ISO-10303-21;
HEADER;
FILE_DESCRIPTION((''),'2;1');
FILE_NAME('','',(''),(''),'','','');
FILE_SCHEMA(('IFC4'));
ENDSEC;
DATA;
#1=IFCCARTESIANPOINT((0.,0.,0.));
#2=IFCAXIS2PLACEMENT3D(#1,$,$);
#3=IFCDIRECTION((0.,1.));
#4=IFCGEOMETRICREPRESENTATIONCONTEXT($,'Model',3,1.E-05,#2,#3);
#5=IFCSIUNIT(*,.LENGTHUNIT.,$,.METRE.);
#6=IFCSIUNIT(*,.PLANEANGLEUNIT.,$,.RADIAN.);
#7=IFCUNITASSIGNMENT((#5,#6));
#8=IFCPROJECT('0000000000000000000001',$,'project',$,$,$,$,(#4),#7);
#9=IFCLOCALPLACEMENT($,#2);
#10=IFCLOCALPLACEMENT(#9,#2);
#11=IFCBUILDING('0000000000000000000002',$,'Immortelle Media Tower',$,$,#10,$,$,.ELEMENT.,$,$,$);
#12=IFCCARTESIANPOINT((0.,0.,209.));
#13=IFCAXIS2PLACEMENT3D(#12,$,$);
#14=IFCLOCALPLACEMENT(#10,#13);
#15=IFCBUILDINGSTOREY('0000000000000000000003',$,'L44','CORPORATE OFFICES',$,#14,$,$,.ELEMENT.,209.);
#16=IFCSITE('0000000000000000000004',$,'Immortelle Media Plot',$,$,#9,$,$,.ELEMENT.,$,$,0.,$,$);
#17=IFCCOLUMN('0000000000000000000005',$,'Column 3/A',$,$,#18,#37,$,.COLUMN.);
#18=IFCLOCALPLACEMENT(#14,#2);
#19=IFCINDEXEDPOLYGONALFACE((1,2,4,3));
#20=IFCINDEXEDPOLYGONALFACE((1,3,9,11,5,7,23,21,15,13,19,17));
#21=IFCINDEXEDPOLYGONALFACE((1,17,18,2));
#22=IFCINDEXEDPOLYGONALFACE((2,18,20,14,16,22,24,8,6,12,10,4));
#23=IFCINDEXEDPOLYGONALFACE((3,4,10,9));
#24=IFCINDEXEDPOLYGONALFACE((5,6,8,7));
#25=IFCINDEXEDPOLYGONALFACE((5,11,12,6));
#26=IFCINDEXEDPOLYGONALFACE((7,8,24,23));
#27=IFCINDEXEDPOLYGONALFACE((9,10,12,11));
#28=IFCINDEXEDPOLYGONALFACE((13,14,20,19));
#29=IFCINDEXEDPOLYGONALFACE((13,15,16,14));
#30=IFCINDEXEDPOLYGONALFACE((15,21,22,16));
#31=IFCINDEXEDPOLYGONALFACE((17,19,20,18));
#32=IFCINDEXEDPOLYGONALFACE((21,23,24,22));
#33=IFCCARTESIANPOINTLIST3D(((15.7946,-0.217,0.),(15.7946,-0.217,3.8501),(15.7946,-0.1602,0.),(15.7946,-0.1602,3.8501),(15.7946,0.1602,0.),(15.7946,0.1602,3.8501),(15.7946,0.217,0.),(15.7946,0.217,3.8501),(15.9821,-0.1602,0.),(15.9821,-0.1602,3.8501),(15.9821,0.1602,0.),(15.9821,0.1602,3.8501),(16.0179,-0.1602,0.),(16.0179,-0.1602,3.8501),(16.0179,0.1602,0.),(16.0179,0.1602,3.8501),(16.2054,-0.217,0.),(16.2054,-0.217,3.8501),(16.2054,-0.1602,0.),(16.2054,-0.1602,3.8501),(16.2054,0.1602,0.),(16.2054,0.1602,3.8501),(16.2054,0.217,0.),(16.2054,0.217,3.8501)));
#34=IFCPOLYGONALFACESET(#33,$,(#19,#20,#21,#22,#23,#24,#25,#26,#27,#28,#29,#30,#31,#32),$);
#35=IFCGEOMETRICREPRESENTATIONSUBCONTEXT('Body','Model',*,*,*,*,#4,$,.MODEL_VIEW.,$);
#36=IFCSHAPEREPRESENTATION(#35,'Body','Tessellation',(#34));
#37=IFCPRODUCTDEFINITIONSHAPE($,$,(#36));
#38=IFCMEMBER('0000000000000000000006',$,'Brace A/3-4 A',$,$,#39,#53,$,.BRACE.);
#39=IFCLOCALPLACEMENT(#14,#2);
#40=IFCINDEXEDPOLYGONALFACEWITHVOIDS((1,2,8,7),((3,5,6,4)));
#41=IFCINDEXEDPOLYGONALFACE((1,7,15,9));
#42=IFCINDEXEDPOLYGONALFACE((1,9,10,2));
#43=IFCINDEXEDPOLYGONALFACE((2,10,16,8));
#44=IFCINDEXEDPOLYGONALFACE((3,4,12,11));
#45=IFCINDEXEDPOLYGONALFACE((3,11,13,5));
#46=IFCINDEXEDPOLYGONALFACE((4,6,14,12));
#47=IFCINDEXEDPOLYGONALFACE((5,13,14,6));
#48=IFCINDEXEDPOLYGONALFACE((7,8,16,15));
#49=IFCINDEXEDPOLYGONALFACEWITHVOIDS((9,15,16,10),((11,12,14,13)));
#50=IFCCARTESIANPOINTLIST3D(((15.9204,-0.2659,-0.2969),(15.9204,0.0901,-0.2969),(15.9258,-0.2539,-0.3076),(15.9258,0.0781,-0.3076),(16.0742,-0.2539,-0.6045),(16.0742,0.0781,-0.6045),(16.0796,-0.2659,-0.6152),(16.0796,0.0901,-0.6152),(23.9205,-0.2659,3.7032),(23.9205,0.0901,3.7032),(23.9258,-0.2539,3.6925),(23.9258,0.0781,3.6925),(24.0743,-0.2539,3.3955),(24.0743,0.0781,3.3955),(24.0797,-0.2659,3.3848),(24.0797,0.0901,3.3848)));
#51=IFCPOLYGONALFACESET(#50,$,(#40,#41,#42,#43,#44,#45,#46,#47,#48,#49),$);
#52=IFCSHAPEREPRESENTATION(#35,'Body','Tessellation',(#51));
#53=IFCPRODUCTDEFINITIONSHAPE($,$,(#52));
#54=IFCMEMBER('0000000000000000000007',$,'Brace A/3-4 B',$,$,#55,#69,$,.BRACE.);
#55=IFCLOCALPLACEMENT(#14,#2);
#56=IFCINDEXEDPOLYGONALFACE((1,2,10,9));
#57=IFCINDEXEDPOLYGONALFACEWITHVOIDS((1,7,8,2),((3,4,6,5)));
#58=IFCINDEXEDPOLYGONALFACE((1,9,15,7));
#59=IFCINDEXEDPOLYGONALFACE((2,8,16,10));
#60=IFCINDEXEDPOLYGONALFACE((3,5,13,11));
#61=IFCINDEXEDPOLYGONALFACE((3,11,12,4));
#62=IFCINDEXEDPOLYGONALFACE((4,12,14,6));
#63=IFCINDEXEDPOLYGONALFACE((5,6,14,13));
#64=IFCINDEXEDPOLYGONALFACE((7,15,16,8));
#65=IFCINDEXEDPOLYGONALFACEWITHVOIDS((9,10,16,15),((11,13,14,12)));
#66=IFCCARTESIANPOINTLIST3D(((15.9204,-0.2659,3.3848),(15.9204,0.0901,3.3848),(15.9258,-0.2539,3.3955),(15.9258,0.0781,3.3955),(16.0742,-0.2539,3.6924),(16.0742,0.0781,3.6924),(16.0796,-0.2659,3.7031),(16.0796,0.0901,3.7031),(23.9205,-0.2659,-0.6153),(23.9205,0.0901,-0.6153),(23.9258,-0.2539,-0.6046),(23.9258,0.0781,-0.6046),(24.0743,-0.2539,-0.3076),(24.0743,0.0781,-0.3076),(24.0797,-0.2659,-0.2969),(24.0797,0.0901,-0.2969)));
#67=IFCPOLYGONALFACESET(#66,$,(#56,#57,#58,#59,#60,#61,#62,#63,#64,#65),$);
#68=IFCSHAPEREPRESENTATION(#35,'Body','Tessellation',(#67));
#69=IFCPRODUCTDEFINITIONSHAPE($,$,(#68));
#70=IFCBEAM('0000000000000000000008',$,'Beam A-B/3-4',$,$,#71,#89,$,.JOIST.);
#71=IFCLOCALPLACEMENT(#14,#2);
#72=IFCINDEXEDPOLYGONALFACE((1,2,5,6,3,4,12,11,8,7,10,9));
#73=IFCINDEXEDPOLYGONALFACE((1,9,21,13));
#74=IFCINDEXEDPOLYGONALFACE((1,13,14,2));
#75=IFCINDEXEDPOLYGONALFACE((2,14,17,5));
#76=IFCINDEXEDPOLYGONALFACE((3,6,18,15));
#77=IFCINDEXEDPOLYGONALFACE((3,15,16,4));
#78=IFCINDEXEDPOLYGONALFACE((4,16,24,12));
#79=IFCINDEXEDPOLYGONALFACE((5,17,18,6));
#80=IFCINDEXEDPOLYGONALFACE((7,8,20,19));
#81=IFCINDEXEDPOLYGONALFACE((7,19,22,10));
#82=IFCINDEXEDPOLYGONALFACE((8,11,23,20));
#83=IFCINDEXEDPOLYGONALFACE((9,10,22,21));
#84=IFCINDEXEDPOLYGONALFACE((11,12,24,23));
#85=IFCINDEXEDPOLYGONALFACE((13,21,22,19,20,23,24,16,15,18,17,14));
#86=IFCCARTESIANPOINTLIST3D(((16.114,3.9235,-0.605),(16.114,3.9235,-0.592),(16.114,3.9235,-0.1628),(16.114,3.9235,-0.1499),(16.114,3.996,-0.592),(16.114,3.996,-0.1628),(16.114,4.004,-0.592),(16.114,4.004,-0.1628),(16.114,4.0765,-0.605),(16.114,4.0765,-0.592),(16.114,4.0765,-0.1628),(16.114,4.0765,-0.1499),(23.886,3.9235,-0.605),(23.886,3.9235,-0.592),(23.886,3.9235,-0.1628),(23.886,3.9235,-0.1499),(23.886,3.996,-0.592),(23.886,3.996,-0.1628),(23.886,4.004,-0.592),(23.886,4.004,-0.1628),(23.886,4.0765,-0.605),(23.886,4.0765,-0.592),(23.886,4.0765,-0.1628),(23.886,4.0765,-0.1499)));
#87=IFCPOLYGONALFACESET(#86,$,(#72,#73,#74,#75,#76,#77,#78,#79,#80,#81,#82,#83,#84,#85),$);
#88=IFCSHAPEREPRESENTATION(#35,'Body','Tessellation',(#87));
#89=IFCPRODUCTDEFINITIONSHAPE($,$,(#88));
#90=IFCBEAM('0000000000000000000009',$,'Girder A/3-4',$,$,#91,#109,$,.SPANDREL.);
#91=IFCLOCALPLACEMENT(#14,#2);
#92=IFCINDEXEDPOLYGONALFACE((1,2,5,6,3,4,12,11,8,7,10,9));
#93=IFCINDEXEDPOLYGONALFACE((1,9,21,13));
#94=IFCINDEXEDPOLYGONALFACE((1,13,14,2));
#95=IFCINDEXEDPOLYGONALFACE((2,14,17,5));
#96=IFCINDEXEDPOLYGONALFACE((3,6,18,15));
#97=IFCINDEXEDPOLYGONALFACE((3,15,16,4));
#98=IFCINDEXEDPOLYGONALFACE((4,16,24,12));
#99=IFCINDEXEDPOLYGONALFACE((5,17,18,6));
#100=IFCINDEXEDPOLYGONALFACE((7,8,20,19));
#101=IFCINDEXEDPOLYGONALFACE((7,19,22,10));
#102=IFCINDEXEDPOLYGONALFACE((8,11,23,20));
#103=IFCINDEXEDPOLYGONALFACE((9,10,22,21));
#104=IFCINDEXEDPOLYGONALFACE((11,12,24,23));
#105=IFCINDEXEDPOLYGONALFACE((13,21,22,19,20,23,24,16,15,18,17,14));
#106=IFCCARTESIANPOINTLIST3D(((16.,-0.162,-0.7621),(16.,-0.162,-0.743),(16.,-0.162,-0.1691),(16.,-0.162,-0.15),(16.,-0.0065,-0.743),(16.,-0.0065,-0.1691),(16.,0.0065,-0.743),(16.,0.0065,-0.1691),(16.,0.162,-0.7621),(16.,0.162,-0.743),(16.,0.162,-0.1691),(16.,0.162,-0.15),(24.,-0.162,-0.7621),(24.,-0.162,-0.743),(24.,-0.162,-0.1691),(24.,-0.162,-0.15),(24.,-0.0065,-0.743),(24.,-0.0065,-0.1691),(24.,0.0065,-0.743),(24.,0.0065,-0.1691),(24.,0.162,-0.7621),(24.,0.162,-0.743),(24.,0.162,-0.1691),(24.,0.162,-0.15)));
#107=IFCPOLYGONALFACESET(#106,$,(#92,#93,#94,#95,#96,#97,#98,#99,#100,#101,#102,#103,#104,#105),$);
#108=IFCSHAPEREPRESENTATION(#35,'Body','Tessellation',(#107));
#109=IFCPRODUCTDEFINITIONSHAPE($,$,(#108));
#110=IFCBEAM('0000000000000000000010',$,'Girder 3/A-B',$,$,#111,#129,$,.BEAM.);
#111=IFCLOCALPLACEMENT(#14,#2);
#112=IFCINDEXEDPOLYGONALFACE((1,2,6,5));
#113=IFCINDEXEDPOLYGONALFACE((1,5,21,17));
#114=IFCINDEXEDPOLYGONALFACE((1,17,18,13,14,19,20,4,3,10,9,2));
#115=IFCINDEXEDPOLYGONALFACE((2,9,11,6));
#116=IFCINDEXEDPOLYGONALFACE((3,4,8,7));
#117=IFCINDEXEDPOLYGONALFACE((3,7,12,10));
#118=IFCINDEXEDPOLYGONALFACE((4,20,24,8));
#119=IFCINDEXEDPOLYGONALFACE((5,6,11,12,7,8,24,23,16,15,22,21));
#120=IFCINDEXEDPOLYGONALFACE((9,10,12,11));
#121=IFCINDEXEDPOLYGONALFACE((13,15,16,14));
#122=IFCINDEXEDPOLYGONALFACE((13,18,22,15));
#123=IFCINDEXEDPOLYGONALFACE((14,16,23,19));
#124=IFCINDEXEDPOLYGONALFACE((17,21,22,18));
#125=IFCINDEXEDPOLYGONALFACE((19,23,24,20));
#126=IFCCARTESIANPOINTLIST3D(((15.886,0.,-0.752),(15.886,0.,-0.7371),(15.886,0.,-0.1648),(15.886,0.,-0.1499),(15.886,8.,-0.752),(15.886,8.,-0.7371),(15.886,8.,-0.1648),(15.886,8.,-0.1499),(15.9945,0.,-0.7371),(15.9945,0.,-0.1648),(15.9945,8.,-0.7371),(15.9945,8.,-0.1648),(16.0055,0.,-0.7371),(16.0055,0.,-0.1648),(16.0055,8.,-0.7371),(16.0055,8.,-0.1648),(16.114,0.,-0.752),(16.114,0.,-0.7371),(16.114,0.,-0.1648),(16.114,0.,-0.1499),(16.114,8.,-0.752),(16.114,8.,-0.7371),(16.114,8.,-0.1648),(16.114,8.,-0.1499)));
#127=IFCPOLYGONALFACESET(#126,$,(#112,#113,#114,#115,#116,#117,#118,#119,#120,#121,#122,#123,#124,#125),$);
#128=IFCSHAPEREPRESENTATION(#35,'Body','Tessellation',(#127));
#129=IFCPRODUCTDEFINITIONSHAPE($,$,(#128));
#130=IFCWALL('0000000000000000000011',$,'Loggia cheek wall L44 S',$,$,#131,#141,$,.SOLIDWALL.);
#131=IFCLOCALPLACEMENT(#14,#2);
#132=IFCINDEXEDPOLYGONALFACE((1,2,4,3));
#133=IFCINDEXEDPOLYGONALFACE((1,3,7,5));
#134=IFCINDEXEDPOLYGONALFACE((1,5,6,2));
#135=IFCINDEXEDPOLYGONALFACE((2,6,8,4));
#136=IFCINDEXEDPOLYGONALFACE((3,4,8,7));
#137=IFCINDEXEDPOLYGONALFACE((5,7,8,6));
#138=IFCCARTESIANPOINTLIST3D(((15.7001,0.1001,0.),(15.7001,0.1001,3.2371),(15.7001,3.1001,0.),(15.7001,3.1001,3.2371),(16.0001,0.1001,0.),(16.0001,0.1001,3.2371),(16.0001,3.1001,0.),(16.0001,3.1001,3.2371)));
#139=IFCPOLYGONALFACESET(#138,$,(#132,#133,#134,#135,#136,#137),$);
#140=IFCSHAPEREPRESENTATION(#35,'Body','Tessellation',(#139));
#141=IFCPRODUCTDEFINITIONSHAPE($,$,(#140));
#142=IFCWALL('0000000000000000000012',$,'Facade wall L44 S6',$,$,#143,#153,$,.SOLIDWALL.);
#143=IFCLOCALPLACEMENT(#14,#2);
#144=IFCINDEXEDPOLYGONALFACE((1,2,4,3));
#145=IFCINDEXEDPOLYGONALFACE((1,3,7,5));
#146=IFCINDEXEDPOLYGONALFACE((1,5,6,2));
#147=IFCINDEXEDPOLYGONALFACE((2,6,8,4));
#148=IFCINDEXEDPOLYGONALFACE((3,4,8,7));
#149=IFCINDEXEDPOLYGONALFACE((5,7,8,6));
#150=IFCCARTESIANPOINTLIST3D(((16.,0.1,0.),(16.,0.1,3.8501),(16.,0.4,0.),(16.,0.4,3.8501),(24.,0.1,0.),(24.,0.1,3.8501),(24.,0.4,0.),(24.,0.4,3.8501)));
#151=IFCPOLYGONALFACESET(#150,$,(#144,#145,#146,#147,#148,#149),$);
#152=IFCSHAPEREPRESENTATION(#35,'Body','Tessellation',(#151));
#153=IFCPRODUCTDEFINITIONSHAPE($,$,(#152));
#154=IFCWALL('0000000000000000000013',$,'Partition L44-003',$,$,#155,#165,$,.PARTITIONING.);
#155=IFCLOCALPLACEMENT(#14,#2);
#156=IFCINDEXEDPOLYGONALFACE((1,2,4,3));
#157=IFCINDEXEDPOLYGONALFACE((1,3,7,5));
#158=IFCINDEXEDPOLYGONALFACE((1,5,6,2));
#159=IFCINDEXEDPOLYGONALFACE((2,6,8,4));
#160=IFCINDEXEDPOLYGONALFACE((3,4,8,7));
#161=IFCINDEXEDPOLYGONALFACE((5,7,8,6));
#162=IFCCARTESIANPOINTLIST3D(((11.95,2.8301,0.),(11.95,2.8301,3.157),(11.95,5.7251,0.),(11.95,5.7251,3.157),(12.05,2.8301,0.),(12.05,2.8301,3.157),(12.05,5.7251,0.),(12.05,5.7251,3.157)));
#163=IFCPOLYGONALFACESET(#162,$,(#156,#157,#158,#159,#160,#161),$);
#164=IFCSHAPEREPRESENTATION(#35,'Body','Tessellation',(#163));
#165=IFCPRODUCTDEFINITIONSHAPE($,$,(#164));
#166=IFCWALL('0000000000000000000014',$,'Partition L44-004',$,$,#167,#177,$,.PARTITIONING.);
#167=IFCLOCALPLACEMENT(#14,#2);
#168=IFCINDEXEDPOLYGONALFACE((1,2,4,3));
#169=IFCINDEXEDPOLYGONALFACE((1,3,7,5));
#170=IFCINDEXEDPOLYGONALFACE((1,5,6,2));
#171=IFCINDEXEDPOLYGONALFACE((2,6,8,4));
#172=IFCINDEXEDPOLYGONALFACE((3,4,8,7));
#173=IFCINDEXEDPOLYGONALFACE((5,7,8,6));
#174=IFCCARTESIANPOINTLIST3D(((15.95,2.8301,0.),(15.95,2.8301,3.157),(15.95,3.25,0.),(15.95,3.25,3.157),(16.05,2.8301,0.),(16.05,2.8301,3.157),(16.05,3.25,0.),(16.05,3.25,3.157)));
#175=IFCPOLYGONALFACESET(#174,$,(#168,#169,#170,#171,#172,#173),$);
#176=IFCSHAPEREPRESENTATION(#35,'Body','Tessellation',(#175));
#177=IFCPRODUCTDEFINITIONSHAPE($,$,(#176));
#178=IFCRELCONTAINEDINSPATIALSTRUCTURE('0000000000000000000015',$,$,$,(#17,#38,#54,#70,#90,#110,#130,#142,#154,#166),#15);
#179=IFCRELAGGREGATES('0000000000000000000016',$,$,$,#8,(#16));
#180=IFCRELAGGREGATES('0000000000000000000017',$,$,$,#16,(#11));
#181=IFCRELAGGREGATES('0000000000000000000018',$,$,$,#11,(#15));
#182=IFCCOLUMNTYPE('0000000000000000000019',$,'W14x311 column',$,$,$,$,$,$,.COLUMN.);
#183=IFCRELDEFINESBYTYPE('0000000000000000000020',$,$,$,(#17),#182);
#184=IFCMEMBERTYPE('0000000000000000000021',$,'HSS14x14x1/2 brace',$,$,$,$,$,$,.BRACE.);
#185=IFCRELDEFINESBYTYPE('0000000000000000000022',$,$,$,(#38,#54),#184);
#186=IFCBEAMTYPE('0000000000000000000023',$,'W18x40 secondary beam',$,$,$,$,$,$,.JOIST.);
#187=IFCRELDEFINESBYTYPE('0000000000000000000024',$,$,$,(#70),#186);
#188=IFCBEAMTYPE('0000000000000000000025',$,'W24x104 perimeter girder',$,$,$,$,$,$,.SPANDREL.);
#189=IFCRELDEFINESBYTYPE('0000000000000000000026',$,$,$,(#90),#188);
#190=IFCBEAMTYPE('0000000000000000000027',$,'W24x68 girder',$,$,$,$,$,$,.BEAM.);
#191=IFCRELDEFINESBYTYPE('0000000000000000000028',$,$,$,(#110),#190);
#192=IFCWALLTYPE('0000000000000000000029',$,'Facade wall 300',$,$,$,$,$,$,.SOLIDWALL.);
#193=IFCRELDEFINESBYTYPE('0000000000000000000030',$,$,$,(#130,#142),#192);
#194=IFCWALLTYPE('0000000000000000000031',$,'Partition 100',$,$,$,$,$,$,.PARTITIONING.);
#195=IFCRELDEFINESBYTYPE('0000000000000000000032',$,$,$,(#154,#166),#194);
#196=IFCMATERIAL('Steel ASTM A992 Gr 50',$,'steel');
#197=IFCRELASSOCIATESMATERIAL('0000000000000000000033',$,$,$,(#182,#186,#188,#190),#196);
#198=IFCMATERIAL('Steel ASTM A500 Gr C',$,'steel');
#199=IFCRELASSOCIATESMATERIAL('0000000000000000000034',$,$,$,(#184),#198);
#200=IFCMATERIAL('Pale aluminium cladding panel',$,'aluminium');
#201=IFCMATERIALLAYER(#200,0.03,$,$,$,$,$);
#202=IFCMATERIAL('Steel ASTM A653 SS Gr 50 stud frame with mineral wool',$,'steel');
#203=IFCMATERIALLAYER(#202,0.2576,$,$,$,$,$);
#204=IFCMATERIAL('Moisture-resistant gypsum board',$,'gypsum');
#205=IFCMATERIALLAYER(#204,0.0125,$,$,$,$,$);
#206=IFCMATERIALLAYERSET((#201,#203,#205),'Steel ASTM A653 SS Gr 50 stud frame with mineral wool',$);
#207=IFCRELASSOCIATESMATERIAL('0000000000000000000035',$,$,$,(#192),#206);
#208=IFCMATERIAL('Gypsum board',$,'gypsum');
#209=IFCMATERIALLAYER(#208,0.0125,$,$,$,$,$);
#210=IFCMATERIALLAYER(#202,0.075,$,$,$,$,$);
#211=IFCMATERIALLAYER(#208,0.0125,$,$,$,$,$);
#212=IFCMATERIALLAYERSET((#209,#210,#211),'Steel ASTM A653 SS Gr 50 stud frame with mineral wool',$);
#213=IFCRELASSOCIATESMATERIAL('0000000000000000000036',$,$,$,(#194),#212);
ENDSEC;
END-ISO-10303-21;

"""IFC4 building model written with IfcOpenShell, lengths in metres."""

from ifc_helpers import new_model, si_unit, direction, frame, frame_2d, origin, origin_2d, place, context, subcontext, project, spatial, rectangle, hollow_rectangle, i_section, extrude, material, layer, layer_set, material_profile, profile_set, type_object, element, save


model = new_model("IFC4")

# Units and contexts
model_context = context("Model", 3, precision=1e-05, world=origin(), true_north=direction((0.0, 1.0)))
body_context = subcontext(model_context, "Body", "Model", "MODEL_VIEW")
ifc_project = project(units=[si_unit("LENGTHUNIT", "METRE"), si_unit("PLANEANGLEUNIT", "RADIAN")], contexts=[model_context])

# Site, building, storey
site_placement = place(None, origin())
site = spatial("IfcSite", under=ifc_project, at=site_placement, Name="Immortelle Media Plot", CompositionType="ELEMENT", RefElevation=0.0)
building_placement = place(site_placement, origin())
building = spatial("IfcBuilding", under=site, at=building_placement, Name="Immortelle Media Tower", CompositionType="ELEMENT")
storey_placement = place(building_placement, frame((0.0, 0.0, 209.0)))
storey = spatial("IfcBuildingStorey", under=building, at=storey_placement, Name="L44", Description="CORPORATE OFFICES", CompositionType="ELEMENT", Elevation=209.0)

# Column
ifc_material_1 = material(Name="Steel ASTM A992 Gr 50", Category="steel")
ifc_material_profile_1 = material_profile(ifc_material_1, i_section(OverallWidth=0.4109, OverallDepth=0.4341, WebThickness=0.0359, FlangeThickness=0.0569, at=origin_2d()), Name="W14x311")
ifc_profile_set_1 = profile_set([ifc_material_profile_1], Name="Steel ASTM A992 Gr 50")
column_type = type_object("IfcColumnType", Name="W14x311 column", PredefinedType="COLUMN", material=ifc_profile_set_1)
column_placement = place(storey_placement, frame((16.0, 0.0, 0.0), z_axis=(0.0, 0.0, 1.0), x_axis=(1.0, 0.0, 0.0)))
element("IfcColumn", 1, at=column_placement, inside=storey, type_object=column_type, Name="Column 3/A", PredefinedType="COLUMN", context=body_context, shape_type="SweptSolid", body=[
    extrude(i_section(OverallWidth=0.4109, OverallDepth=0.4341, WebThickness=0.0359, FlangeThickness=0.0569, at=origin_2d()), origin(), (0.0, 0.0, 1.0), 3.8501),
])

# Members
ifc_material_2 = material(Name="Steel ASTM A500 Gr C", Category="steel")
ifc_material_profile_2 = material_profile(ifc_material_2, hollow_rectangle(XDim=0.356, YDim=0.356, WallThickness=0.012, at=origin_2d()), Name="HSS14x14x1/2 brace")
ifc_profile_set_2 = profile_set([ifc_material_profile_2], Name="Steel ASTM A500 Gr C")
member_type = type_object("IfcMemberType", Name="HSS14x14x1/2 brace", PredefinedType="BRACE", material=ifc_profile_set_2)
for number, where, z_axis, x_axis, name in (
    (2, (16.0, -0.0879, -0.4561), (0.894427, 0.0, 0.447214), (0.0, 1.0, 0.0), "Brace A/3-4 A"),
    (3, (16.0, -0.0879, 3.5439), (0.894427, 0.0, -0.447214), (0.0, 1.0, 0.0), "Brace A/3-4 B"),
):
    element("IfcMember", number, at=place(storey_placement, frame(where, z_axis=z_axis, x_axis=x_axis)), inside=storey, type_object=member_type, Name=name, PredefinedType="BRACE", context=body_context, shape_type="SweptSolid", body=[
        extrude(hollow_rectangle(XDim=0.356, YDim=0.356, WallThickness=0.012, at=origin_2d()), origin(), (0.0, 0.0, 1.0), 8.9443),
    ])

# Beams
ifc_material_profile_3 = material_profile(ifc_material_1, i_section(OverallWidth=0.1531, OverallDepth=0.4551, WebThickness=0.0081, FlangeThickness=0.0129, at=origin_2d()), Name="W18x40")
ifc_profile_set_3 = profile_set([ifc_material_profile_3], Name="Steel ASTM A992 Gr 50")
beam_type_1 = type_object("IfcBeamType", Name="W18x40 secondary beam", PredefinedType="JOIST", material=ifc_profile_set_3)
beam_1_placement = place(storey_placement, frame((16.114, 4.0, -0.3774), z_axis=(1.0, 0.0, 0.0), x_axis=(0.0, 1.0, 0.0)))
element("IfcBeam", 4, at=beam_1_placement, inside=storey, type_object=beam_type_1, Name="Beam A-B/3-4", PredefinedType="JOIST", context=body_context, shape_type="SweptSolid", body=[
    extrude(i_section(OverallWidth=0.1531, OverallDepth=0.4551, WebThickness=0.0081, FlangeThickness=0.0129, at=origin_2d()), origin(), (0.0, 0.0, 1.0), 7.772),
])
ifc_material_profile_4 = material_profile(ifc_material_1, i_section(OverallWidth=0.324, OverallDepth=0.6121, WebThickness=0.0129, FlangeThickness=0.019, at=origin_2d()), Name="W24x104")
ifc_profile_set_4 = profile_set([ifc_material_profile_4], Name="Steel ASTM A992 Gr 50")
beam_type_2 = type_object("IfcBeamType", Name="W24x104 perimeter girder", PredefinedType="SPANDREL", material=ifc_profile_set_4)
beam_2_placement = place(storey_placement, frame((16.0, 0.0, -0.4561), z_axis=(1.0, 0.0, 0.0), x_axis=(0.0, 1.0, 0.0)))
element("IfcBeam", 5, at=beam_2_placement, inside=storey, type_object=beam_type_2, Name="Girder A/3-4", PredefinedType="SPANDREL", context=body_context, shape_type="SweptSolid", body=[
    extrude(i_section(OverallWidth=0.324, OverallDepth=0.6121, WebThickness=0.0129, FlangeThickness=0.019, at=origin_2d()), origin(), (0.0, 0.0, 1.0), 8.0),
])
ifc_material_profile_5 = material_profile(ifc_material_1, i_section(OverallWidth=0.228, OverallDepth=0.6021, WebThickness=0.011, FlangeThickness=0.0149, at=origin_2d()), Name="W24x68")
ifc_profile_set_5 = profile_set([ifc_material_profile_5], Name="Steel ASTM A992 Gr 50")
beam_type_3 = type_object("IfcBeamType", Name="W24x68 girder", PredefinedType="BEAM", material=ifc_profile_set_5)
beam_3_placement = place(storey_placement, frame((16.0, 0.0, -0.4509), z_axis=(0.0, 1.0, 0.0), x_axis=(-1.0, 0.0, 0.0)))
element("IfcBeam", 6, at=beam_3_placement, inside=storey, type_object=beam_type_3, Name="Girder 3/A-B", PredefinedType="BEAM", context=body_context, shape_type="SweptSolid", body=[
    extrude(i_section(OverallWidth=0.228, OverallDepth=0.6021, WebThickness=0.011, FlangeThickness=0.0149, at=origin_2d()), origin(), (0.0, 0.0, 1.0), 8.0),
])

# Shared definitions
ifc_material_3 = material(Name="Pale aluminium cladding panel", Category="aluminium")
ifc_layer_1 = layer(ifc_material_3, 0.03)
ifc_material_4 = material(Name="Steel ASTM A653 SS Gr 50 stud frame with mineral wool", Category="steel")
ifc_layer_2 = layer(ifc_material_4, 0.2576)
ifc_material_5 = material(Name="Moisture-resistant gypsum board", Category="gypsum")
ifc_layer_3 = layer(ifc_material_5, 0.0125)
ifc_layer_set_1 = layer_set([ifc_layer_1, ifc_layer_2, ifc_layer_3], Name="Steel ASTM A653 SS Gr 50 stud frame with mineral wool")
wall_type_1 = type_object("IfcWallType", Name="Facade wall 300", PredefinedType="SOLIDWALL", material=ifc_layer_set_1)

# Walls
wall_1_placement = place(storey_placement, frame((15.8501, 0.1001, 0.0), z_axis=(0.0, 0.0, 1.0), x_axis=(0.0, 1.0, 0.0)))
element("IfcWall", 7, at=wall_1_placement, inside=storey, type_object=wall_type_1, Name="Loggia cheek wall L44 S", PredefinedType="SOLIDWALL", context=body_context, shape_type="SweptSolid", body=[
    extrude(rectangle(XDim=3.0, YDim=0.3, at=frame_2d((1.5, 0.0))), origin(), (0.0, 0.0, 1.0), 3.2371),
])
wall_2_placement = place(storey_placement, frame((16.0, 0.25, 0.0), z_axis=(0.0, 0.0, 1.0), x_axis=(1.0, 0.0, 0.0)))
element("IfcWall", 8, at=wall_2_placement, inside=storey, type_object=wall_type_1, Name="Facade wall L44 S6", PredefinedType="SOLIDWALL", context=body_context, shape_type="SweptSolid", body=[
    extrude(rectangle(XDim=8.0, YDim=0.3, at=frame_2d((4.0, 0.0))), origin(), (0.0, 0.0, 1.0), 3.8501),
])
ifc_material_6 = material(Name="Gypsum board", Category="gypsum")
ifc_layer_4 = layer(ifc_material_6, 0.0125)
ifc_layer_5 = layer(ifc_material_4, 0.075)
ifc_layer_6 = layer(ifc_material_6, 0.0125)
ifc_layer_set_2 = layer_set([ifc_layer_4, ifc_layer_5, ifc_layer_6], Name="Steel ASTM A653 SS Gr 50 stud frame with mineral wool")
wall_type_2 = type_object("IfcWallType", Name="Partition 100", PredefinedType="PARTITIONING", material=ifc_layer_set_2)
wall_3_placement = place(storey_placement, frame((12.0, 2.8301, 0.0), z_axis=(0.0, 0.0, 1.0), x_axis=(0.0, 1.0, 0.0)))
element("IfcWall", 9, at=wall_3_placement, inside=storey, type_object=wall_type_2, Name="Partition L44-003", PredefinedType="PARTITIONING", context=body_context, shape_type="SweptSolid", body=[
    extrude(rectangle(XDim=2.895, YDim=0.1001, at=frame_2d((1.4475, 0.0))), origin(), (0.0, 0.0, 1.0), 3.157),
])
wall_4_placement = place(storey_placement, frame((16.0, 2.8301, 0.0), z_axis=(0.0, 0.0, 1.0), x_axis=(0.0, 1.0, 0.0)))
element("IfcWall", 10, at=wall_4_placement, inside=storey, type_object=wall_type_2, Name="Partition L44-004", PredefinedType="PARTITIONING", context=body_context, shape_type="SweptSolid", body=[
    extrude(rectangle(XDim=0.4199, YDim=0.1001, at=frame_2d((0.21, 0.0))), origin(), (0.0, 0.0, 1.0), 3.157),
])

save(model, "model.ifc")
